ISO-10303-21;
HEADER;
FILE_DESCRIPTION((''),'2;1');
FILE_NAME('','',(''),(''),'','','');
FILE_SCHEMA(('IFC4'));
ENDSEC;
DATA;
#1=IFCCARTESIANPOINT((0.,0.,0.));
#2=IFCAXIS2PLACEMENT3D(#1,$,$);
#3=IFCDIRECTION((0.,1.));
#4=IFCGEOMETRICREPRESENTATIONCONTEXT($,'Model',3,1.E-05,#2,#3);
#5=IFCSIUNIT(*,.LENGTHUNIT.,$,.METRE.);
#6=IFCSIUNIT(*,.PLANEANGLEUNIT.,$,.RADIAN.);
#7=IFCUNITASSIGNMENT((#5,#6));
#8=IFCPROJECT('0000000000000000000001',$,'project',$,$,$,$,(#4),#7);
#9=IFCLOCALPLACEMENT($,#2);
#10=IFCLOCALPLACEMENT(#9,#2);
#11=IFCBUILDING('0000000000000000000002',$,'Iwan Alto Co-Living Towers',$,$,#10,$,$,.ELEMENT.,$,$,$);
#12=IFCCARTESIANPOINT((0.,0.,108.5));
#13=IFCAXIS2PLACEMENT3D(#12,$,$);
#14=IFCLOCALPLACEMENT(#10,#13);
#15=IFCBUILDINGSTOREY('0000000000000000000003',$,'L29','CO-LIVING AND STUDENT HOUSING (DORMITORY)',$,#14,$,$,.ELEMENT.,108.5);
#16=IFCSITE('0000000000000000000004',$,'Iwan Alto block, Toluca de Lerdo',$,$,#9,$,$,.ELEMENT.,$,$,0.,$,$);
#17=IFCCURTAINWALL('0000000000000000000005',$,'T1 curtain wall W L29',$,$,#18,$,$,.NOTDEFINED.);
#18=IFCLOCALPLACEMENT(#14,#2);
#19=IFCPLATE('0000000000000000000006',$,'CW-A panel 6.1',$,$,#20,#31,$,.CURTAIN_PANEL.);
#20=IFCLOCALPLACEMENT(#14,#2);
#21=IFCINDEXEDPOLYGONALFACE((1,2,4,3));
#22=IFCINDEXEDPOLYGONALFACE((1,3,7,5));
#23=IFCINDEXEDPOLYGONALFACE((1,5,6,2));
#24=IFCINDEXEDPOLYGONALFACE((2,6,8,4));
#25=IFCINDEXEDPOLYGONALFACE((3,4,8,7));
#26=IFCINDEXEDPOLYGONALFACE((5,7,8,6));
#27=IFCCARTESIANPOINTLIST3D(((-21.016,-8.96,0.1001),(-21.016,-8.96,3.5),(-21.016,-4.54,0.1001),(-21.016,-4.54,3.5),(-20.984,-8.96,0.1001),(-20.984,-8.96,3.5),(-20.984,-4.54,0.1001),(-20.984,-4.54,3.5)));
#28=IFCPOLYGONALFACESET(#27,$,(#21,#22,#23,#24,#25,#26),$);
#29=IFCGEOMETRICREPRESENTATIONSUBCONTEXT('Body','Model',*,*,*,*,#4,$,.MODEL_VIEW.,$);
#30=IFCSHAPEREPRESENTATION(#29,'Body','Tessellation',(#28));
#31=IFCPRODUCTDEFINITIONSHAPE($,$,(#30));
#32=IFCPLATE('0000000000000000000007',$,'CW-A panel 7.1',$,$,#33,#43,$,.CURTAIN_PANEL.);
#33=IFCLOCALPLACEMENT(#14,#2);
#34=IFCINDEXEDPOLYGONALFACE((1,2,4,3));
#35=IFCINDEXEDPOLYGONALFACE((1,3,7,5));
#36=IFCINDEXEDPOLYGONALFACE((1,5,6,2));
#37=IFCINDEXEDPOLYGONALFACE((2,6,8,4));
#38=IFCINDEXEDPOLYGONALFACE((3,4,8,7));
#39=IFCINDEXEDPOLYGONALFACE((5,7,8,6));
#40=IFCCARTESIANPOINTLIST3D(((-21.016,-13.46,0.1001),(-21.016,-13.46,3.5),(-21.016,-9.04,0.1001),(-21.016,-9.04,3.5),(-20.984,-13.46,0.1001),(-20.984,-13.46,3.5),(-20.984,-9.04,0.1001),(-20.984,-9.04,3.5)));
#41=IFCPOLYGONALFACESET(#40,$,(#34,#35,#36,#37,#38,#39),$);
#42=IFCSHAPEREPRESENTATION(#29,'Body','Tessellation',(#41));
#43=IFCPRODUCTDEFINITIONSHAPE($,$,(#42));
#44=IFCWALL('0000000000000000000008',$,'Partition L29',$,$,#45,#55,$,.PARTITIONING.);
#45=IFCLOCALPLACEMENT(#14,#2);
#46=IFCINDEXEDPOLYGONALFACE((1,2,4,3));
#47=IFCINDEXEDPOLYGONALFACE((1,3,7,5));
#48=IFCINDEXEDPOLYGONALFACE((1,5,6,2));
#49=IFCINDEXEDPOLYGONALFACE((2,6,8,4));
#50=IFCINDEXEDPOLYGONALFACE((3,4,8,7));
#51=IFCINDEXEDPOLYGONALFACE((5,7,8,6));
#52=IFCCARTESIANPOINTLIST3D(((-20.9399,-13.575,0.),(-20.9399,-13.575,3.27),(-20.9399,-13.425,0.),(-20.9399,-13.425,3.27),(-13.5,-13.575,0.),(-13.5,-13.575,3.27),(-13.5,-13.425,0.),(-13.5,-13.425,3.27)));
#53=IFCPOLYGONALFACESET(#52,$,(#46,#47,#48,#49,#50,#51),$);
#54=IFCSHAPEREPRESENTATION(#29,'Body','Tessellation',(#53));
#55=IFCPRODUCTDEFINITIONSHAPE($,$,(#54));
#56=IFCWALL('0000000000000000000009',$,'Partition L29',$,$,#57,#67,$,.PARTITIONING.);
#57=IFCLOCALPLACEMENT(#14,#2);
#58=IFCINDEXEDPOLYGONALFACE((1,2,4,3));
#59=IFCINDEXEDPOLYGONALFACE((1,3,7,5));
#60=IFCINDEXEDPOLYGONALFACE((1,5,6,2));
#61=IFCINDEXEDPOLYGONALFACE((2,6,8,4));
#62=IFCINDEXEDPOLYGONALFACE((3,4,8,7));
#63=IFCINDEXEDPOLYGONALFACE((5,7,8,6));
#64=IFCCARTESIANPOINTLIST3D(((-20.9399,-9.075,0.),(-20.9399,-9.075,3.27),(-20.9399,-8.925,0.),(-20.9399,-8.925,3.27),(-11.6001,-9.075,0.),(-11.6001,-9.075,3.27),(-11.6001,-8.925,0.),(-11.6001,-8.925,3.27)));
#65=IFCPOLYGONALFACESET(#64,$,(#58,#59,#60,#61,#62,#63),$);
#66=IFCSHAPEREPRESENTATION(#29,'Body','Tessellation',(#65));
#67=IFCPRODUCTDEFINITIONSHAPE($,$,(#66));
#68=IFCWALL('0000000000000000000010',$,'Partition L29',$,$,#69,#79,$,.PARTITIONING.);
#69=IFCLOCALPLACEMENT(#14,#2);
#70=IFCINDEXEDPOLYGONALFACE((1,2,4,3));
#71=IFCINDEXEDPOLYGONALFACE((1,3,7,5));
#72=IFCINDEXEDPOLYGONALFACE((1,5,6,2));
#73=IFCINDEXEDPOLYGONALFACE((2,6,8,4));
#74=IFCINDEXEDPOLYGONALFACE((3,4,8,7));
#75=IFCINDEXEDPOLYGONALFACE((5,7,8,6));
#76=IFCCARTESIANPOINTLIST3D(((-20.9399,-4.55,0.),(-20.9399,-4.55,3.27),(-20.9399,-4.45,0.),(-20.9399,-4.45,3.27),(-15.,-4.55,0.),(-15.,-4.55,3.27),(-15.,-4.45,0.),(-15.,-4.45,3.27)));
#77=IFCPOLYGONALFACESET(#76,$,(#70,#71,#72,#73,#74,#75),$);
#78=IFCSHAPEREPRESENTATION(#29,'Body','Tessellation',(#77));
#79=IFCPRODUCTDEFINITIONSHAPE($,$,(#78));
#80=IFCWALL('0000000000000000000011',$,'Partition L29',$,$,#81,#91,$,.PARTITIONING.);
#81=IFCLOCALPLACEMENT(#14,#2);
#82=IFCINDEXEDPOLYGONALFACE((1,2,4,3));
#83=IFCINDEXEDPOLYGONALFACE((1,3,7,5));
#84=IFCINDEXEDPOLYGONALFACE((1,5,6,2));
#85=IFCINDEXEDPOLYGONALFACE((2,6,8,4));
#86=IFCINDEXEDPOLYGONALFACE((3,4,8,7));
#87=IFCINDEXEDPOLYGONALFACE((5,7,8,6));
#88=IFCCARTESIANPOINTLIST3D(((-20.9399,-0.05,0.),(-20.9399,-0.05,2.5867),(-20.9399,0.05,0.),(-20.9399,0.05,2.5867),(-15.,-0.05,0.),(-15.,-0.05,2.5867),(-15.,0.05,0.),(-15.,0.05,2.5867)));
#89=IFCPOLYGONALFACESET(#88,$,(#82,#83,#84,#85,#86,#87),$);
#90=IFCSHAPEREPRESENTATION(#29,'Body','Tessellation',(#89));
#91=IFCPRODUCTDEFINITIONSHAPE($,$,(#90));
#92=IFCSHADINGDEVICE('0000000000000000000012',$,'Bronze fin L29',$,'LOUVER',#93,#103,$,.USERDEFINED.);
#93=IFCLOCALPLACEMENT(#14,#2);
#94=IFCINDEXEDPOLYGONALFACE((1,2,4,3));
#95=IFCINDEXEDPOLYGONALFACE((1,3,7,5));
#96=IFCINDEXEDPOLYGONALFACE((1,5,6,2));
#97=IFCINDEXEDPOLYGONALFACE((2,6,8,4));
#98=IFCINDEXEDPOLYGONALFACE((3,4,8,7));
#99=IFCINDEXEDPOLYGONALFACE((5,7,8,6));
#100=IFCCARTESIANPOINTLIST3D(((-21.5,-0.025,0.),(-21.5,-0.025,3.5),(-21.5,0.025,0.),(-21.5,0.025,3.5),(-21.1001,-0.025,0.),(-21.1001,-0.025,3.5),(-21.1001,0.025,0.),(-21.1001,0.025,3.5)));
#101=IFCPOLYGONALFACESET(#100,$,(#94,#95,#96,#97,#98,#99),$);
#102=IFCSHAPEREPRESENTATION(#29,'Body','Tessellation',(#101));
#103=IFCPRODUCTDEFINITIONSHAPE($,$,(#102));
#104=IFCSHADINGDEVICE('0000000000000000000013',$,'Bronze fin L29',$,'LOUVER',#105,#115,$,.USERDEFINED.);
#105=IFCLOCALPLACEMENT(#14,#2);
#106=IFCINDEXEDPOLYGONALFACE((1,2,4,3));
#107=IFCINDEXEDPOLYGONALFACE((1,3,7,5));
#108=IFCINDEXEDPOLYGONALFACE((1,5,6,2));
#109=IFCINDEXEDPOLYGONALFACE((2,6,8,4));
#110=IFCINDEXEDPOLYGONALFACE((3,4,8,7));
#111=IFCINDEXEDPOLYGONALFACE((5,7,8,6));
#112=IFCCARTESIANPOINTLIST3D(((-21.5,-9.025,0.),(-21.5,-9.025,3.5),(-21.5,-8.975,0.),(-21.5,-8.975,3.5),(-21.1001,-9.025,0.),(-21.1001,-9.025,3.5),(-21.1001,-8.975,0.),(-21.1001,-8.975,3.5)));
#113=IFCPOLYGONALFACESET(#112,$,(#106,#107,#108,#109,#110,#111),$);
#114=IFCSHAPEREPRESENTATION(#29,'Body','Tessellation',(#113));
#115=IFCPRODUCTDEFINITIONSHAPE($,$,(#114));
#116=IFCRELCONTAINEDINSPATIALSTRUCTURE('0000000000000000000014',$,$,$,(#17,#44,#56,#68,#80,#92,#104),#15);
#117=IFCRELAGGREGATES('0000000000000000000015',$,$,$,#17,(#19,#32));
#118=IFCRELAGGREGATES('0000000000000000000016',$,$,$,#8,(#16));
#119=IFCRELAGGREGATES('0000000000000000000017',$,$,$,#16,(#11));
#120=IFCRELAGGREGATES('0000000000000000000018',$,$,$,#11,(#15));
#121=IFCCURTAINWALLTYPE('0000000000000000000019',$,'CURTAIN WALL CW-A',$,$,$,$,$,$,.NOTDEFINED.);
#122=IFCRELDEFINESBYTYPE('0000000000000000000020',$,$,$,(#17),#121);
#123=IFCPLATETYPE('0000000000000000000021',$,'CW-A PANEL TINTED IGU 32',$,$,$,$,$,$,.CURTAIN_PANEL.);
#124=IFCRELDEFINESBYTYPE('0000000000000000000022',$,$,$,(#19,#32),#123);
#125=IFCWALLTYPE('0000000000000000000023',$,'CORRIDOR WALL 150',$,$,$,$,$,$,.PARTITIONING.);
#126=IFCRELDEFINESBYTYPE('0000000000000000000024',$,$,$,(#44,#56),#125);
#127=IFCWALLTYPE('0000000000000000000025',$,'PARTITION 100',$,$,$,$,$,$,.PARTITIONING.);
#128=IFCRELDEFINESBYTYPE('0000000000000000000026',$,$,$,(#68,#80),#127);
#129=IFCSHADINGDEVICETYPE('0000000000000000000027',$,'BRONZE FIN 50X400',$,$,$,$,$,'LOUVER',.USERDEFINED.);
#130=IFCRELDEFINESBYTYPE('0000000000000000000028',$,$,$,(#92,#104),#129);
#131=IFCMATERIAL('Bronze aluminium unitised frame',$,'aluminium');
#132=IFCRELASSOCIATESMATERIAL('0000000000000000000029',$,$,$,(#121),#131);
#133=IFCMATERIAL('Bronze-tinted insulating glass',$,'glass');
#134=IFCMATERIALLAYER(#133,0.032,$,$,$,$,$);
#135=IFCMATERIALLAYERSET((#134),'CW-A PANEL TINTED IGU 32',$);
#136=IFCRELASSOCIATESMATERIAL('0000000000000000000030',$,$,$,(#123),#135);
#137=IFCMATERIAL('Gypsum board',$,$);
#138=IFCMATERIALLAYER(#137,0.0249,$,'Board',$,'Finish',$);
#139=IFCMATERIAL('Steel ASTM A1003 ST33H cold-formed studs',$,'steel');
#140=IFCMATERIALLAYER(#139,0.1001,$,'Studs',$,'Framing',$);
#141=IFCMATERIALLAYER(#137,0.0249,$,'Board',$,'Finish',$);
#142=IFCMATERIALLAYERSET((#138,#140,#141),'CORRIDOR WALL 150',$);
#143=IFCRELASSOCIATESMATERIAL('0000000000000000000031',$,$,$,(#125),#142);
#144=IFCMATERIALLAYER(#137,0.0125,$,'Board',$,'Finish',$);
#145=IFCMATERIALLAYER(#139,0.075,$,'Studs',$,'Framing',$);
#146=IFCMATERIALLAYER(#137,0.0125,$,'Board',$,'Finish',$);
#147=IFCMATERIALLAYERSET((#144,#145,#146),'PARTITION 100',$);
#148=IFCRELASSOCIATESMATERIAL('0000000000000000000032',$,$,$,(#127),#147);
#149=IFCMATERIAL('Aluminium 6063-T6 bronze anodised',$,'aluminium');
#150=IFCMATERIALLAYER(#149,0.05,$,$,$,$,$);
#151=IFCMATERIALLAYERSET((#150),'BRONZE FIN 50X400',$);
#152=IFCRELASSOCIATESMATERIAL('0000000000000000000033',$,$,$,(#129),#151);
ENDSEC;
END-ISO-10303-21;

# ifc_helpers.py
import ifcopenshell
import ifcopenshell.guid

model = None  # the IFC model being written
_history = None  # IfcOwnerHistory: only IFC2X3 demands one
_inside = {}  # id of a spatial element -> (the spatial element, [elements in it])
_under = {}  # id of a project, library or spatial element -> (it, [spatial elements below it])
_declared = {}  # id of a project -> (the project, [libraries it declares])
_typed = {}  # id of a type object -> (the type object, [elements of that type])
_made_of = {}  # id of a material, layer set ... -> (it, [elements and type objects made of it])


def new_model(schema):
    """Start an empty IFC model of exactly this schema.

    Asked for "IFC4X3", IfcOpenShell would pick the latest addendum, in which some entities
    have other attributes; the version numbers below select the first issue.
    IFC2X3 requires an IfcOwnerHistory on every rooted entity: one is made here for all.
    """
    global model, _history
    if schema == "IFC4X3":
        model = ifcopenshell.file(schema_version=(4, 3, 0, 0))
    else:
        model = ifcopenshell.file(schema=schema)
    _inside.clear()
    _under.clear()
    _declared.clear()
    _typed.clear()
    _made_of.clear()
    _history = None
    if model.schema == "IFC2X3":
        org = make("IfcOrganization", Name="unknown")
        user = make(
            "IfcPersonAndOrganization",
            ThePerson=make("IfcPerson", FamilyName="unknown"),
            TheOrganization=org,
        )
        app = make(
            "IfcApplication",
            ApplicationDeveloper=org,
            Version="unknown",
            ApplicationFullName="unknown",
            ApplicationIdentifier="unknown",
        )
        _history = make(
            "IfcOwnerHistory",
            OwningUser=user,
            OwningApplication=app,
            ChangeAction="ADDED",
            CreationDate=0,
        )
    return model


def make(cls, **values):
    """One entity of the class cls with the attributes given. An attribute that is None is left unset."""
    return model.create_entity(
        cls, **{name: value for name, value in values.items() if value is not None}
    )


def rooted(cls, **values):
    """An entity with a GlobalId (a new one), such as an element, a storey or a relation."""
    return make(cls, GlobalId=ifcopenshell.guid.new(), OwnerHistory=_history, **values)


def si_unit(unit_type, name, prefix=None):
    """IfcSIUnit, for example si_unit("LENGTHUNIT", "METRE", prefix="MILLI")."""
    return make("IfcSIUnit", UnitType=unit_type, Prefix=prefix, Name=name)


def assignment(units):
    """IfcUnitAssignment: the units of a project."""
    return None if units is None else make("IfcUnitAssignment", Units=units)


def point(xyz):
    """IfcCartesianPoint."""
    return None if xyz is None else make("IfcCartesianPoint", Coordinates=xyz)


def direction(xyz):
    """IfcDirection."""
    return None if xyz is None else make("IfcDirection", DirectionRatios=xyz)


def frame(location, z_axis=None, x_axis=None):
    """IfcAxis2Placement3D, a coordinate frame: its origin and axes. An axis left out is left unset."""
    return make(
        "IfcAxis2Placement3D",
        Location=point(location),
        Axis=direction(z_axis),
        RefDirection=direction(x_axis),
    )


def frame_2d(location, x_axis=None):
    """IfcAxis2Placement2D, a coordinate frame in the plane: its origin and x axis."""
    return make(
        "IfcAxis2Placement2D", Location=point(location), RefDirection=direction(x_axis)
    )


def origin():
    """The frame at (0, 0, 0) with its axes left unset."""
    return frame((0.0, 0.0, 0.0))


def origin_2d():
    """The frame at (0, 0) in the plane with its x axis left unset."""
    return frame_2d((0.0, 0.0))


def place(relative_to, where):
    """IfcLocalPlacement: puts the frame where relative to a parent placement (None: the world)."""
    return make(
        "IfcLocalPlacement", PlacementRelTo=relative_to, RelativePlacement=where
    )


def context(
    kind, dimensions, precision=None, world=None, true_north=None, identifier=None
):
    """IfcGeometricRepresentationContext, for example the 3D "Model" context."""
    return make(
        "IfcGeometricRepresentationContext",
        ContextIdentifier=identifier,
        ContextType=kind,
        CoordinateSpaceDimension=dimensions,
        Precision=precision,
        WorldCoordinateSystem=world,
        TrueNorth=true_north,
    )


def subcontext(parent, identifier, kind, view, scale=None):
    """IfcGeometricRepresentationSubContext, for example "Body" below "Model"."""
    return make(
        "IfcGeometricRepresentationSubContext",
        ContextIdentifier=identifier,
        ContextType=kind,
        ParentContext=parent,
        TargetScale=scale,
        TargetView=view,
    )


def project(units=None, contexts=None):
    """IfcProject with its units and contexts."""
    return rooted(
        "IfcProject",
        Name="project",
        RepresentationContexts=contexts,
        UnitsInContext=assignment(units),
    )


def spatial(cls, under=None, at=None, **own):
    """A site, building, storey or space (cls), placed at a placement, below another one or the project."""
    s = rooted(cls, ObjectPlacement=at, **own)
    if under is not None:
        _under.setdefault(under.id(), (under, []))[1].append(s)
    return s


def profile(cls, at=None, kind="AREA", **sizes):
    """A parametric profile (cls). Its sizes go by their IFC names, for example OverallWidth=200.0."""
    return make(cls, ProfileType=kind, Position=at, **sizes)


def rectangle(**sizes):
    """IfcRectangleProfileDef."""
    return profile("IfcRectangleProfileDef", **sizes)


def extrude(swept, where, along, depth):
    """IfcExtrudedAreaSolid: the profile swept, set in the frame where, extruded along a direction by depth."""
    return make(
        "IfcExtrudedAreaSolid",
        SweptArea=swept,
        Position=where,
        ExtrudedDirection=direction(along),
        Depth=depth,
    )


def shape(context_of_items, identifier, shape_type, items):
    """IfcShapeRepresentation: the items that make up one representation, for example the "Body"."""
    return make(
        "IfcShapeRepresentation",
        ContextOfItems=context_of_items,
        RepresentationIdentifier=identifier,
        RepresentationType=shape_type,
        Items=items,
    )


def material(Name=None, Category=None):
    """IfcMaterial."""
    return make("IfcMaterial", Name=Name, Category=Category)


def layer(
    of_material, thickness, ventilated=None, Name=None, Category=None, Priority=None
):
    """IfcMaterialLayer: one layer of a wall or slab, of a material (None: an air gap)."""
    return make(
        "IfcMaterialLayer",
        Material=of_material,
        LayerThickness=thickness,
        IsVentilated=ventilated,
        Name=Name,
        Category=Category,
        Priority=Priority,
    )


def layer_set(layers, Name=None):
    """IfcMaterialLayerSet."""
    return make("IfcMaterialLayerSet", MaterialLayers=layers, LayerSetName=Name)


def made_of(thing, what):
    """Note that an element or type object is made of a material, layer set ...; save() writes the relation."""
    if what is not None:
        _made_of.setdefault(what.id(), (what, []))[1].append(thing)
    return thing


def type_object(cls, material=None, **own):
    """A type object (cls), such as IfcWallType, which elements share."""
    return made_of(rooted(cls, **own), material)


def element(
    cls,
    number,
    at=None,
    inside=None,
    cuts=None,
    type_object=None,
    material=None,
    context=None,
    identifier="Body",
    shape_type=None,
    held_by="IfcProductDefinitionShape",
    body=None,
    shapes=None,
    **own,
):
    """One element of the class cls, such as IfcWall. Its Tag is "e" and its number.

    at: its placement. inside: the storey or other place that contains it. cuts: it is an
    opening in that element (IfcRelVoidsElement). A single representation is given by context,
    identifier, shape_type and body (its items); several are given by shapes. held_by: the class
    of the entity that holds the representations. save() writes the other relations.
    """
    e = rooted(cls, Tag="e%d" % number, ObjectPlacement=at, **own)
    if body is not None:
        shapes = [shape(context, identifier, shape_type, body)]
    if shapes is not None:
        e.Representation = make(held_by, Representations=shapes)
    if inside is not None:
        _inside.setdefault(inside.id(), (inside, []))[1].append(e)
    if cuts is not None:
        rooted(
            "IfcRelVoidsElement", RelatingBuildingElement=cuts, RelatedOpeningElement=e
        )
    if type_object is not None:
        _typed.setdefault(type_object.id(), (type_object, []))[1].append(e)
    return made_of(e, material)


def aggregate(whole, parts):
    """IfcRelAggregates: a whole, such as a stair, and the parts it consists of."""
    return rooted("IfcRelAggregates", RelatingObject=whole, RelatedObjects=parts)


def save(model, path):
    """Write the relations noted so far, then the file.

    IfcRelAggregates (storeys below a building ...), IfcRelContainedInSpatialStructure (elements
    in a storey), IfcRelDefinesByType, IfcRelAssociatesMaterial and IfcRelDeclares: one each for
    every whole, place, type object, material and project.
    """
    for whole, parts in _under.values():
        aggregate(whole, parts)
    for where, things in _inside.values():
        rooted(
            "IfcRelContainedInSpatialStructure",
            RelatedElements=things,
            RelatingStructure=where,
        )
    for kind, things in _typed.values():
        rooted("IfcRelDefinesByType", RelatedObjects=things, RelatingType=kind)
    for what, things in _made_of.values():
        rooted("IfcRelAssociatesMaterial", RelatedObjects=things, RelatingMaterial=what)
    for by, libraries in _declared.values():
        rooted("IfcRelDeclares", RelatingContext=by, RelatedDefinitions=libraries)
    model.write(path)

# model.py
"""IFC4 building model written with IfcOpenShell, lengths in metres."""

from ifc_helpers import new_model, si_unit, direction, frame, frame_2d, origin, origin_2d, place, context, subcontext, project, spatial, rectangle, extrude, material, layer, layer_set, type_object, element, aggregate, save


model = new_model("IFC4")

# Units and contexts
model_context = context("Model", 3, precision=1e-05, world=origin(), true_north=direction((0.0, 1.0)))
body_context = subcontext(model_context, "Body", "Model", "MODEL_VIEW")
ifc_project = project(units=[si_unit("LENGTHUNIT", "METRE"), si_unit("PLANEANGLEUNIT", "RADIAN")], contexts=[model_context])

# Site, building, storey
site_placement = place(None, origin())
site = spatial("IfcSite", under=ifc_project, at=site_placement, Name="Iwan Alto block, Toluca de Lerdo", CompositionType="ELEMENT", RefElevation=0.0)
building_placement = place(site_placement, origin())
building = spatial("IfcBuilding", under=site, at=building_placement, Name="Iwan Alto Co-Living Towers", CompositionType="ELEMENT")
storey_placement = place(building_placement, frame((0.0, 0.0, 108.5)))
storey = spatial("IfcBuildingStorey", under=building, at=storey_placement, Name="L29", Description="CO-LIVING AND STUDENT HOUSING (DORMITORY)", CompositionType="ELEMENT", Elevation=108.5)

# Curtain wall
ifc_material_1 = material(Name="Bronze aluminium unitised frame", Category="aluminium")
curtain_wall_type = type_object("IfcCurtainWallType", Name="CURTAIN WALL CW-A", PredefinedType="NOTDEFINED", material=ifc_material_1)
curtain_wall_placement = place(storey_placement, origin())
curtain_wall = element("IfcCurtainWall", 1, at=curtain_wall_placement, inside=storey, type_object=curtain_wall_type, Name="T1 curtain wall W L29", PredefinedType="NOTDEFINED")

# Plates
ifc_material_2 = material(Name="Bronze-tinted insulating glass", Category="glass")
ifc_layer_1 = layer(ifc_material_2, 0.032)
ifc_layer_set_1 = layer_set([ifc_layer_1], Name="CW-A PANEL TINTED IGU 32")
plate_type = type_object("IfcPlateType", Name="CW-A PANEL TINTED IGU 32", PredefinedType="CURTAIN_PANEL", material=ifc_layer_set_1)
plate_1_placement = place(storey_placement, frame((-21.0, -6.75, 0.1001), z_axis=(0.0, 0.0, 1.0), x_axis=(0.0, -1.0, 0.0)))
plate_1 = element("IfcPlate", 2, at=plate_1_placement, type_object=plate_type, Name="CW-A panel 6.1", PredefinedType="CURTAIN_PANEL", context=body_context, shape_type="SweptSolid", body=[
    extrude(rectangle(XDim=4.4199, YDim=0.032, at=origin_2d()), origin(), (0.0, 0.0, 1.0), 3.3999),
])
plate_2_placement = place(storey_placement, frame((-21.0, -11.25, 0.1001), z_axis=(0.0, 0.0, 1.0), x_axis=(0.0, -1.0, 0.0)))
plate_2 = element("IfcPlate", 3, at=plate_2_placement, type_object=plate_type, Name="CW-A panel 7.1", PredefinedType="CURTAIN_PANEL", context=body_context, shape_type="SweptSolid", body=[
    extrude(rectangle(XDim=4.4199, YDim=0.032, at=origin_2d()), origin(), (0.0, 0.0, 1.0), 3.3999),
])
aggregate(curtain_wall, [plate_1, plate_2])

# Walls
ifc_material_3 = material(Name="Gypsum board")
ifc_layer_2 = layer(ifc_material_3, 0.0249, Name="Board", Category="Finish")
ifc_material_4 = material(Name="Steel ASTM A1003 ST33H cold-formed studs", Category="steel")
ifc_layer_3 = layer(ifc_material_4, 0.1001, Name="Studs", Category="Framing")
ifc_layer_4 = layer(ifc_material_3, 0.0249, Name="Board", Category="Finish")
ifc_layer_set_2 = layer_set([ifc_layer_2, ifc_layer_3, ifc_layer_4], Name="CORRIDOR WALL 150")
wall_type_1 = type_object("IfcWallType", Name="CORRIDOR WALL 150", PredefinedType="PARTITIONING", material=ifc_layer_set_2)
wall_1_placement = place(storey_placement, frame((-20.9399, -13.5, 0.0), z_axis=(0.0, 0.0, 1.0), x_axis=(1.0, 0.0, 0.0)))
element("IfcWall", 4, at=wall_1_placement, inside=storey, type_object=wall_type_1, Name="Partition L29", PredefinedType="PARTITIONING", context=body_context, shape_type="SweptSolid", body=[
    extrude(rectangle(XDim=7.4399, YDim=0.1499, at=frame_2d((3.72, 0.0))), origin(), (0.0, 0.0, 1.0), 3.27),
])
wall_2_placement = place(storey_placement, frame((-20.9399, -9.0, 0.0), z_axis=(0.0, 0.0, 1.0), x_axis=(1.0, 0.0, 0.0)))
element("IfcWall", 5, at=wall_2_placement, inside=storey, type_object=wall_type_1, Name="Partition L29", PredefinedType="PARTITIONING", context=body_context, shape_type="SweptSolid", body=[
    extrude(rectangle(XDim=9.3398, YDim=0.1499, at=frame_2d((4.6699, 0.0))), origin(), (0.0, 0.0, 1.0), 3.27),
])
ifc_layer_5 = layer(ifc_material_3, 0.0125, Name="Board", Category="Finish")
ifc_layer_6 = layer(ifc_material_4, 0.075, Name="Studs", Category="Framing")
ifc_layer_7 = layer(ifc_material_3, 0.0125, Name="Board", Category="Finish")
ifc_layer_set_3 = layer_set([ifc_layer_5, ifc_layer_6, ifc_layer_7], Name="PARTITION 100")
wall_type_2 = type_object("IfcWallType", Name="PARTITION 100", PredefinedType="PARTITIONING", material=ifc_layer_set_3)
wall_3_placement = place(storey_placement, frame((-20.9399, -4.5, 0.0), z_axis=(0.0, 0.0, 1.0), x_axis=(1.0, 0.0, 0.0)))
element("IfcWall", 6, at=wall_3_placement, inside=storey, type_object=wall_type_2, Name="Partition L29", PredefinedType="PARTITIONING", context=body_context, shape_type="SweptSolid", body=[
    extrude(rectangle(XDim=5.9399, YDim=0.1001, at=frame_2d((2.97, 0.0))), origin(), (0.0, 0.0, 1.0), 3.27),
])
wall_4_placement = place(storey_placement, frame((-20.9399, 0.0, 0.0), z_axis=(0.0, 0.0, 1.0), x_axis=(1.0, 0.0, 0.0)))
element("IfcWall", 7, at=wall_4_placement, inside=storey, type_object=wall_type_2, Name="Partition L29", PredefinedType="PARTITIONING", context=body_context, shape_type="SweptSolid", body=[
    extrude(rectangle(XDim=5.9399, YDim=0.1001, at=frame_2d((2.97, 0.0))), origin(), (0.0, 0.0, 1.0), 2.5867),
])

# Shading devices
ifc_material_5 = material(Name="Aluminium 6063-T6 bronze anodised", Category="aluminium")
ifc_layer_8 = layer(ifc_material_5, 0.05)
ifc_layer_set_4 = layer_set([ifc_layer_8], Name="BRONZE FIN 50X400")
shading_device_type = type_object("IfcShadingDeviceType", Name="BRONZE FIN 50X400", ElementType="LOUVER", PredefinedType="USERDEFINED", material=ifc_layer_set_4)
for number, where, z_axis, x_axis, name in (
    (8, (-21.3, 0.0, 0.0), (0.0, 0.0, 1.0), (0.0, -1.0, 0.0), "Bronze fin L29"),
    (9, (-21.3, -9.0, 0.0), (0.0, 0.0, 1.0), (0.0, -1.0, 0.0), "Bronze fin L29"),
):
    element("IfcShadingDevice", number, at=place(storey_placement, frame(where, z_axis=z_axis, x_axis=x_axis)), inside=storey, type_object=shading_device_type, Name=name, ObjectType="LOUVER", PredefinedType="USERDEFINED", context=body_context, shape_type="SweptSolid", body=[
        extrude(rectangle(XDim=0.05, YDim=0.3999, at=origin_2d()), origin(), (0.0, 0.0, 1.0), 3.5),
    ])

save(model, "model.ifc")
